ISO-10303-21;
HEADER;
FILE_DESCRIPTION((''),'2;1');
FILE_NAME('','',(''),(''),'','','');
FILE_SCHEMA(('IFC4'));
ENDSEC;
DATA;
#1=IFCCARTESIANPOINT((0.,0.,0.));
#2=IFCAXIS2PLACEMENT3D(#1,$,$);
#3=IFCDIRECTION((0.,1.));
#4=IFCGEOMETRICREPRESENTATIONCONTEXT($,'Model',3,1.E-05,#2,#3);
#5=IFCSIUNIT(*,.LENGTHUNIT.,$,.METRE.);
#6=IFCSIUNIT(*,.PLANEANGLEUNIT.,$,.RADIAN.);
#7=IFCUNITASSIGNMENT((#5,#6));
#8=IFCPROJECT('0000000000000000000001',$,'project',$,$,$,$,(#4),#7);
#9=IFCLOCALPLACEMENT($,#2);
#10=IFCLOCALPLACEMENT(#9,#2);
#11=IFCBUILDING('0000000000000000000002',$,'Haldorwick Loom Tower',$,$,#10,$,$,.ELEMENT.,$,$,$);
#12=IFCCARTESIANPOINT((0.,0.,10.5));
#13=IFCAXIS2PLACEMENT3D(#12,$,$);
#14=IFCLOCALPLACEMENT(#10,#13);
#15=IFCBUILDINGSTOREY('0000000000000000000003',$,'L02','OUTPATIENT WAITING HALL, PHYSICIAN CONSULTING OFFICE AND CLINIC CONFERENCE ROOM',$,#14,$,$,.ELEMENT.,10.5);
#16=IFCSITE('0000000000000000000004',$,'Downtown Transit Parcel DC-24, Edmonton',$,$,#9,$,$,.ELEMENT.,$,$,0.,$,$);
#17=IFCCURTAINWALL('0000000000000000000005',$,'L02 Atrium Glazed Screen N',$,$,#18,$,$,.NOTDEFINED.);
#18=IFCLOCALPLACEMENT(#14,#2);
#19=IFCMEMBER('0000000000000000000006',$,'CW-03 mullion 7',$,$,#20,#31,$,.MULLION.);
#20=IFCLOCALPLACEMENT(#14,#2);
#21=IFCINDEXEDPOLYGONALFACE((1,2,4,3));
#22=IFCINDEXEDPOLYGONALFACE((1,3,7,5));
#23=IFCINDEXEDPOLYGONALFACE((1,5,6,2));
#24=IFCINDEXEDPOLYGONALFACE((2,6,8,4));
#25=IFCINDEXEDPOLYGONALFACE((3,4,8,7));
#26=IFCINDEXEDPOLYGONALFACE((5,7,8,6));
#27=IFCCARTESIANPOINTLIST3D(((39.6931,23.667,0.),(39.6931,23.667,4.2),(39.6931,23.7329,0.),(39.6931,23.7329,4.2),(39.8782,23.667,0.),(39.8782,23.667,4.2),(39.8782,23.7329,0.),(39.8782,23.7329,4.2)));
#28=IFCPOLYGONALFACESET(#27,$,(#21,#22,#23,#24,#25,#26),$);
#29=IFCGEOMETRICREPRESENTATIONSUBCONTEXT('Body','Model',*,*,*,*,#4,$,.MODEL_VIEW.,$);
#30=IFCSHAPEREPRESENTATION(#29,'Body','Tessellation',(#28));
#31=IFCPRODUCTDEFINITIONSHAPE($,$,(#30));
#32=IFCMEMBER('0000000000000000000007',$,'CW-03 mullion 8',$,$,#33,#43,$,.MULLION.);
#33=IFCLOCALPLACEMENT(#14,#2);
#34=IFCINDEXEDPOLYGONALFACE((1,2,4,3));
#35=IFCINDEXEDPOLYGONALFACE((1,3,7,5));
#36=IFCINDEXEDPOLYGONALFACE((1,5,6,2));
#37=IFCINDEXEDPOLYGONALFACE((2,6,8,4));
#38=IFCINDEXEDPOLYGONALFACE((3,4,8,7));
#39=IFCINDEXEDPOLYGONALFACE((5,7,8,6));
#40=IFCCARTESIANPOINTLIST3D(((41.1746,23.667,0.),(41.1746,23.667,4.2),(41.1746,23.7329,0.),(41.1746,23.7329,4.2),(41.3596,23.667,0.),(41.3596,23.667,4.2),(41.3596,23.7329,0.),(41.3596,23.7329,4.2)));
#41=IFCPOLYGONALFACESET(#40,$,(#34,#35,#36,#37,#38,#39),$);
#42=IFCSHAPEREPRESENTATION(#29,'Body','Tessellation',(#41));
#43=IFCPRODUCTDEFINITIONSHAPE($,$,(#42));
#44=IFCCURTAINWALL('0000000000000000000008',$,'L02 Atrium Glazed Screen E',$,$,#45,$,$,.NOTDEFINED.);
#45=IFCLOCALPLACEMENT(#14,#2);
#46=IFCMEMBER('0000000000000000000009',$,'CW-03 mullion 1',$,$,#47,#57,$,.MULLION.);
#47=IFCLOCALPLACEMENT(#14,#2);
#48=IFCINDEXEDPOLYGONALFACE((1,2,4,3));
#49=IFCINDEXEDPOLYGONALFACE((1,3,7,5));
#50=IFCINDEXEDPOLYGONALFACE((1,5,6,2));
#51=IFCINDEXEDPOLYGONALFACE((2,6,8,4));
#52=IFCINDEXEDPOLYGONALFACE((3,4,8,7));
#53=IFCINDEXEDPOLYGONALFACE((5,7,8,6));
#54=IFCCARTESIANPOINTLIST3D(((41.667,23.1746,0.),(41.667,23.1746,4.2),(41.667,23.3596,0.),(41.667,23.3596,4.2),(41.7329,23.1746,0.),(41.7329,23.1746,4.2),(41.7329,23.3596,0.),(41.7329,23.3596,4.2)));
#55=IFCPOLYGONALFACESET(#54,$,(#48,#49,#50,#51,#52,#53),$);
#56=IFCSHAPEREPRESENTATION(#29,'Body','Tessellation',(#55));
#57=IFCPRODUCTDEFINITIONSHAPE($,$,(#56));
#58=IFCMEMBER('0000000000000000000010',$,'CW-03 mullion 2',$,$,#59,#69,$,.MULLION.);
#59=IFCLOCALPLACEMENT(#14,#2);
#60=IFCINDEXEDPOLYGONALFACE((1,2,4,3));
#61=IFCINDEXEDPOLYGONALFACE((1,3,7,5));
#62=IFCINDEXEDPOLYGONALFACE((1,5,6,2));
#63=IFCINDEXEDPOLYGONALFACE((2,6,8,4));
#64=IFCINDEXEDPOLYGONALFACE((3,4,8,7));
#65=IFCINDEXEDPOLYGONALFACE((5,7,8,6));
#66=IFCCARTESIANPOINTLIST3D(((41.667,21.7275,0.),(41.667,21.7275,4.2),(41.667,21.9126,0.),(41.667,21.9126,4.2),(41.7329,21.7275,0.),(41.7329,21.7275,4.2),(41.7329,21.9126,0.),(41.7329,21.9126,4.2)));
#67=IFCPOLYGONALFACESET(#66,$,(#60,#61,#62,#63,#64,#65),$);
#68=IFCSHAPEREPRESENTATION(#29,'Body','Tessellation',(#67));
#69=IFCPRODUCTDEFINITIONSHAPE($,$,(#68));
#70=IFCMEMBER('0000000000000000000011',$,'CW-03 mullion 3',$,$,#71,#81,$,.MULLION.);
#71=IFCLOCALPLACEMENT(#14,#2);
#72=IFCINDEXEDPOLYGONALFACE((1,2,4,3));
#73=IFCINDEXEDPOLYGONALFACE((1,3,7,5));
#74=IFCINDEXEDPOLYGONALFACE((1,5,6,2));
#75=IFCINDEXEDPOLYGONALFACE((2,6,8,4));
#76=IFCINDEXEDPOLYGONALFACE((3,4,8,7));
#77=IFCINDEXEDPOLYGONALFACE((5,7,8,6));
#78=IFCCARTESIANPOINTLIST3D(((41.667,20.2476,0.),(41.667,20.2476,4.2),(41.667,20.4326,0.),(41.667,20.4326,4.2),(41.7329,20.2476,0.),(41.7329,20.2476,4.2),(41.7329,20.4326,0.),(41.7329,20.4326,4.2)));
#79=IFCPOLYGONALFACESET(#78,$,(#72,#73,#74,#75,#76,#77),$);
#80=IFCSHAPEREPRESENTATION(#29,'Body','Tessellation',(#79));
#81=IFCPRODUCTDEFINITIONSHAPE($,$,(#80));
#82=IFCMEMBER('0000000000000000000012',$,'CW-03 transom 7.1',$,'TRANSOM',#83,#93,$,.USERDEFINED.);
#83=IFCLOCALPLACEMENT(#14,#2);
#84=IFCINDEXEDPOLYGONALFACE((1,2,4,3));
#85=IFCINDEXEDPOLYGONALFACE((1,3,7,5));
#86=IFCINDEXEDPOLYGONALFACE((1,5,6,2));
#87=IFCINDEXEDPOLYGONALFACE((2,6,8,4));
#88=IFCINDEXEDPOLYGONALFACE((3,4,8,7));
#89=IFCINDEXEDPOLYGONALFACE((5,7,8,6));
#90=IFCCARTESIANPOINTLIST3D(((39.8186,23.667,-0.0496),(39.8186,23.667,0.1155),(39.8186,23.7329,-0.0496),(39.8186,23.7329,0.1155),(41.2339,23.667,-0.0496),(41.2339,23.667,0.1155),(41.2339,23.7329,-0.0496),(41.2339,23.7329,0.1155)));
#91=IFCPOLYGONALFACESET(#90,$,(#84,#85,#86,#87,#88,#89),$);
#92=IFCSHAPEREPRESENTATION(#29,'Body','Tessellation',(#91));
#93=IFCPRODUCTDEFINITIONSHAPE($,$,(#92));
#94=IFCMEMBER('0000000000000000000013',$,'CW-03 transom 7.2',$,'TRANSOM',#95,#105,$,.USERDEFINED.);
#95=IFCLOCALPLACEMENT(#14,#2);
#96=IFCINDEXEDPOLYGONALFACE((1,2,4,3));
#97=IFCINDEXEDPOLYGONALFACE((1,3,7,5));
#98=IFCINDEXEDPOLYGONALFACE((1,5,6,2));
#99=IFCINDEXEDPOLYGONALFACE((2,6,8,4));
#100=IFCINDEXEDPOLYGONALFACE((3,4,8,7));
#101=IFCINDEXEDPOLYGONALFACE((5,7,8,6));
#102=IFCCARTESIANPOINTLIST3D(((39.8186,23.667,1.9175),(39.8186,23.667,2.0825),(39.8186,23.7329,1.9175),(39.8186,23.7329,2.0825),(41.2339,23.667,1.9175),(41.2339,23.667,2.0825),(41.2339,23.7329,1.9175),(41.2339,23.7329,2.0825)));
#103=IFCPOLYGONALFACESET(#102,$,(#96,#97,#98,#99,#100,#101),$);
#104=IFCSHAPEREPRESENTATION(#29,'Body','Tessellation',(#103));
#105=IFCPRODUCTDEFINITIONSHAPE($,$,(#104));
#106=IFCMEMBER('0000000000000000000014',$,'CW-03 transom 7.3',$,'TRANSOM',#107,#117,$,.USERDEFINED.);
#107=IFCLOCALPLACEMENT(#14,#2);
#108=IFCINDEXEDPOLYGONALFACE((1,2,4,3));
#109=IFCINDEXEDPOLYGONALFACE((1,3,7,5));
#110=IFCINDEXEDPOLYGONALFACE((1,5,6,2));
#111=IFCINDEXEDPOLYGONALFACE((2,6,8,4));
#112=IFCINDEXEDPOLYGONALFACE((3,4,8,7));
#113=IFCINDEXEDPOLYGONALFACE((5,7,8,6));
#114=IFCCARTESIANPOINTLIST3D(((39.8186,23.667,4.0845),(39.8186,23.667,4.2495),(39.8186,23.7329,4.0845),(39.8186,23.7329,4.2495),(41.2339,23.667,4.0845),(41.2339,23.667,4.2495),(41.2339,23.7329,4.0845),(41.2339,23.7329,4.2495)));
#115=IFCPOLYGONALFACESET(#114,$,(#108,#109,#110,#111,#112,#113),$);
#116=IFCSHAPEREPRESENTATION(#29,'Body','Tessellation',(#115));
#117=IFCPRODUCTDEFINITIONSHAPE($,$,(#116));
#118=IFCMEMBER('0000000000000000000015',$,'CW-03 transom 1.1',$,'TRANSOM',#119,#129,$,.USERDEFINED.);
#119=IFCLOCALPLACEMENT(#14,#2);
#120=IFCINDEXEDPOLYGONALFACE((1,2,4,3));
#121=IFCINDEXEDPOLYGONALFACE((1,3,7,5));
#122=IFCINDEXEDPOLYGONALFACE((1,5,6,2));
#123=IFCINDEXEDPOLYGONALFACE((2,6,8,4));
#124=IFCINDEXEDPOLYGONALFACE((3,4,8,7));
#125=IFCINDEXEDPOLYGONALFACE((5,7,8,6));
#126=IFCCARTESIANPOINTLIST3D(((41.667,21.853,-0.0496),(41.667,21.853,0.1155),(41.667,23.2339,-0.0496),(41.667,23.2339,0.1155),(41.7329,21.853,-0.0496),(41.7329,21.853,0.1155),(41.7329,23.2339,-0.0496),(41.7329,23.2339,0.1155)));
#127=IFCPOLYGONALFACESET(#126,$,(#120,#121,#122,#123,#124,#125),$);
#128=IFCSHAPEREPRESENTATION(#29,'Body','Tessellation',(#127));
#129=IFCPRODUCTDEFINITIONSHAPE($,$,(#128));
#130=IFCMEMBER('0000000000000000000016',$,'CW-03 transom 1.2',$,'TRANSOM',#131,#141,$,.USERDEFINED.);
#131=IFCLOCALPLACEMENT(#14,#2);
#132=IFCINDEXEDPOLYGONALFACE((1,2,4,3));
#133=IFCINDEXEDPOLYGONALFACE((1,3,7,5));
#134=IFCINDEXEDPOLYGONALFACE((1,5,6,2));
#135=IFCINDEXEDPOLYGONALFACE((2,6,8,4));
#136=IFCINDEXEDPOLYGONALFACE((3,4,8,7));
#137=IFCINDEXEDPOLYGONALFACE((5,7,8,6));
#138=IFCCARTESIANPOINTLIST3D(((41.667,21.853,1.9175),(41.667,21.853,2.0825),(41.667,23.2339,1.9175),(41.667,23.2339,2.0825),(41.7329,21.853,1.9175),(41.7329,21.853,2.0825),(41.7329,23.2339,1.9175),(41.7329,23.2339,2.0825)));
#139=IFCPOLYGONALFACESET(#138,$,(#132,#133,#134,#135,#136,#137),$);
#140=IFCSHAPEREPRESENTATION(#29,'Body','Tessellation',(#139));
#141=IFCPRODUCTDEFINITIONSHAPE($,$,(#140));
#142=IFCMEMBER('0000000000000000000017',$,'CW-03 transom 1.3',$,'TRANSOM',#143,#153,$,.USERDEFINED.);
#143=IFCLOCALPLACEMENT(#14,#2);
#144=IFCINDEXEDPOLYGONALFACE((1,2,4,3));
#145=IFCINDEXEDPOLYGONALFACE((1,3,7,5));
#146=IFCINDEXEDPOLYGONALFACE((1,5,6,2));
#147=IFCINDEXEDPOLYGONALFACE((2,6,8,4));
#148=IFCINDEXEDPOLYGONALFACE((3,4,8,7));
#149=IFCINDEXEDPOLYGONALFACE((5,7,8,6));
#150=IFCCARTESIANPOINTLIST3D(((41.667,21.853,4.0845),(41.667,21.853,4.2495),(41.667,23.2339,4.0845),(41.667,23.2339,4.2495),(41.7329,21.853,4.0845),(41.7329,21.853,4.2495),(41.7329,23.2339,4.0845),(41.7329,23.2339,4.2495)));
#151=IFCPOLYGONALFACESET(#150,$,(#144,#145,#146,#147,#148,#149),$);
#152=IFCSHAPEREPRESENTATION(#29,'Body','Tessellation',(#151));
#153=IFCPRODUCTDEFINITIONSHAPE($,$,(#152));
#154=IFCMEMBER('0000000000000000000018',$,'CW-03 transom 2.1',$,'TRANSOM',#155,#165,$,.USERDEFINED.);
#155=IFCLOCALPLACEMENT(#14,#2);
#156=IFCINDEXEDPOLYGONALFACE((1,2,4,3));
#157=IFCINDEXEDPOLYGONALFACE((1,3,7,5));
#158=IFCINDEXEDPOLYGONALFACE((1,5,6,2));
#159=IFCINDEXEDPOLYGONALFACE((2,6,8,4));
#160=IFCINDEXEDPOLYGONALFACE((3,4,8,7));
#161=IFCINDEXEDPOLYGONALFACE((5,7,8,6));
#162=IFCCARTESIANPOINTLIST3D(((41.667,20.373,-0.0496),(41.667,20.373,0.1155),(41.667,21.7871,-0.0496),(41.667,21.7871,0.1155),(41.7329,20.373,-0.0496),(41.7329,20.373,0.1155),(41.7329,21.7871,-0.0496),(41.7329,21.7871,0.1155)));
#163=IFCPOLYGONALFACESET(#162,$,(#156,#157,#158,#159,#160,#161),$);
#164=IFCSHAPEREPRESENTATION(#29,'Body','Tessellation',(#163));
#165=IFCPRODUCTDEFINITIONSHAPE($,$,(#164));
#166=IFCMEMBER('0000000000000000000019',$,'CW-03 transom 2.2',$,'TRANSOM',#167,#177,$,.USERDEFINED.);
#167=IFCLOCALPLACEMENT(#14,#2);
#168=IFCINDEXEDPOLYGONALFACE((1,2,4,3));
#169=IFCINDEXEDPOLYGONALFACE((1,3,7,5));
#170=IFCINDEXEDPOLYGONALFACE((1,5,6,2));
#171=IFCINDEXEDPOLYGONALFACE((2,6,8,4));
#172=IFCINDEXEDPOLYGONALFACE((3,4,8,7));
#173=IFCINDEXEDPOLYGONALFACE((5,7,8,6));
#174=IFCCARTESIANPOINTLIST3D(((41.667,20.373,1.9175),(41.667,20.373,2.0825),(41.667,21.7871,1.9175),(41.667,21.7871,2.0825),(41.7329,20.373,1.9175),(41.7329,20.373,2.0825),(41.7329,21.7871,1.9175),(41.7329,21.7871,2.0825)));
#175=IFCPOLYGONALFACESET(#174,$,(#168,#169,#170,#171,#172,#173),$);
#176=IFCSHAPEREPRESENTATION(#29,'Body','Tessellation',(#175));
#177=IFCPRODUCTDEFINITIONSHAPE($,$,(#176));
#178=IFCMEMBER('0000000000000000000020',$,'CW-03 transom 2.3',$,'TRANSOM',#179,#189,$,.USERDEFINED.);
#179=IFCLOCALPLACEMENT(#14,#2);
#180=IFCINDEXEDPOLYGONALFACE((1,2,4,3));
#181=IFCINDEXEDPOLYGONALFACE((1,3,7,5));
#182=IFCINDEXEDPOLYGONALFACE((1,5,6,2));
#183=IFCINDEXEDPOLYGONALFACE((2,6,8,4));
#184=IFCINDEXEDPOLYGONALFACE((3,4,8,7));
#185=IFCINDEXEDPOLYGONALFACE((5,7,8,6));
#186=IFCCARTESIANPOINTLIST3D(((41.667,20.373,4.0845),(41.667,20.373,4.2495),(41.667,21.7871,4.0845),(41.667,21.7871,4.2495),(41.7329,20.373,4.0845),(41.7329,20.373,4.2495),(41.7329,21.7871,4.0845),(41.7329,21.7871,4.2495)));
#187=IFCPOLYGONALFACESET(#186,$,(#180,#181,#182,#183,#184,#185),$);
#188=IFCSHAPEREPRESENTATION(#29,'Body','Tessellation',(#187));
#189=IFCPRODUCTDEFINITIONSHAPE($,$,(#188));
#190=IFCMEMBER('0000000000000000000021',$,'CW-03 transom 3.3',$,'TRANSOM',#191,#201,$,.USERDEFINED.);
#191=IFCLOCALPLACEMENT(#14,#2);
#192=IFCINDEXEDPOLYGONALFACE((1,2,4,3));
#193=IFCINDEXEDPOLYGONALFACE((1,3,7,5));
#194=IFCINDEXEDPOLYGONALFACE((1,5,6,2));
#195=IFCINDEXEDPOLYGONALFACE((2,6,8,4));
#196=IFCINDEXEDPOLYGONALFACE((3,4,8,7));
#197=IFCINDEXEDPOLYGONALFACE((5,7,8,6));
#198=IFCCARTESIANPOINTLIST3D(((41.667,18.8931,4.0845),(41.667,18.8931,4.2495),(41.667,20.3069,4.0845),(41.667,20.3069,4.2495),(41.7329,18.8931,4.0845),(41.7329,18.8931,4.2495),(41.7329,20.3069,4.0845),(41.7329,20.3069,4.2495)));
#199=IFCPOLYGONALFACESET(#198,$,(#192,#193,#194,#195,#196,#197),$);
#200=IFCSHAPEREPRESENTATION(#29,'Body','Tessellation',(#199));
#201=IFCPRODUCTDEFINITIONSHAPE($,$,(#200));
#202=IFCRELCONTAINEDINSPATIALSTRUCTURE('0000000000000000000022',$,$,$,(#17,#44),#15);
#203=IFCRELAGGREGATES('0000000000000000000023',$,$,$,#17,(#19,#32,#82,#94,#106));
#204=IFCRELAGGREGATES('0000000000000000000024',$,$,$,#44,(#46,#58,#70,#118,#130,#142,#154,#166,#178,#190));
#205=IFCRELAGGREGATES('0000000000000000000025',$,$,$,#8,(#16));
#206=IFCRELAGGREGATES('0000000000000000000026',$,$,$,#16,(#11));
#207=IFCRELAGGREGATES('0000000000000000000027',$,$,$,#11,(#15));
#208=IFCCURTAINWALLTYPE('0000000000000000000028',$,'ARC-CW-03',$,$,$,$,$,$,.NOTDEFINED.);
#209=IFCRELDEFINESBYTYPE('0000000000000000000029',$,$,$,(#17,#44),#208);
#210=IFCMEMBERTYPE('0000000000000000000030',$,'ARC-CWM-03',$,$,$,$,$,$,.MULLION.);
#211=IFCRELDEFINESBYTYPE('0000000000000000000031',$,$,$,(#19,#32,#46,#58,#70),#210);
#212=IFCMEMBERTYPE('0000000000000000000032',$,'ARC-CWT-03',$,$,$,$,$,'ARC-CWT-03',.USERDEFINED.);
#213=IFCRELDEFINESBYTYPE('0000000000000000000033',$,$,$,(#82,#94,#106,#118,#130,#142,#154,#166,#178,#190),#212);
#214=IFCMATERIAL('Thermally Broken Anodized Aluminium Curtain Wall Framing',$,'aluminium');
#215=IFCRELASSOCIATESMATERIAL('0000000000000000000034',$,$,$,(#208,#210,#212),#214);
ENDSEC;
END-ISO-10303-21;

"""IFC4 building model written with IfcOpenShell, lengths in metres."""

from ifc_helpers import new_model, si_unit, direction, frame, origin, origin_2d, place, context, subcontext, project, spatial, rectangle, extrude, material, material_profile, profile_set, type_object, element, aggregate, save


model = new_model("IFC4")

# Units and contexts
model_context = context("Model", 3, precision=1e-05, world=origin(), true_north=direction((0.0, 1.0)))
body_context = subcontext(model_context, "Body", "Model", "MODEL_VIEW")
ifc_project = project(units=[si_unit("LENGTHUNIT", "METRE"), si_unit("PLANEANGLEUNIT", "RADIAN")], contexts=[model_context])

# Site, building, storey
site_placement = place(None, origin())
site = spatial("IfcSite", under=ifc_project, at=site_placement, Name="Downtown Transit Parcel DC-24, Edmonton", CompositionType="ELEMENT", RefElevation=0.0)
building_placement = place(site_placement, origin())
building = spatial("IfcBuilding", under=site, at=building_placement, Name="Haldorwick Loom Tower", CompositionType="ELEMENT")
storey_placement = place(building_placement, frame((0.0, 0.0, 10.5)))
storey = spatial("IfcBuildingStorey", under=building, at=storey_placement, Name="L02", Description="OUTPATIENT WAITING HALL, PHYSICIAN CONSULTING OFFICE AND CLINIC CONFERENCE ROOM", CompositionType="ELEMENT", Elevation=10.5)

# Curtain walls, members
ifc_material_1 = material(Name="Thermally Broken Anodized Aluminium Curtain Wall Framing", Category="aluminium")
curtain_wall_type = type_object("IfcCurtainWallType", Name="ARC-CW-03", PredefinedType="NOTDEFINED", material=ifc_material_1)
curtain_wall_1_placement = place(storey_placement, origin())
curtain_wall_1 = element("IfcCurtainWall", 1, at=curtain_wall_1_placement, inside=storey, type_object=curtain_wall_type, Name="L02 Atrium Glazed Screen N", PredefinedType="NOTDEFINED")
ifc_material_profile_1 = material_profile(ifc_material_1, rectangle(XDim=0.0659, YDim=0.1851, at=origin_2d()), Name="ALU_MUL_66X185", Category="aluminium")
ifc_profile_set_1 = profile_set([ifc_material_profile_1], Name="Thermally Broken Anodized Aluminium Curtain Wall Framing")
member_type_1 = type_object("IfcMemberType", Name="ARC-CWM-03", PredefinedType="MULLION", material=ifc_profile_set_1)
member_1_placement = place(storey_placement, frame((39.7856, 23.7, 0.0), z_axis=(0.0, 0.0, 1.0), x_axis=(0.0, 1.0, 0.0)))
member_1 = element("IfcMember", 2, at=member_1_placement, type_object=member_type_1, Name="CW-03 mullion 7", PredefinedType="MULLION", context=body_context, shape_type="SweptSolid", body=[
    extrude(rectangle(XDim=0.0659, YDim=0.1851, at=origin_2d()), origin(), (0.0, 0.0, 1.0), 4.2),
])
member_2_placement = place(storey_placement, frame((41.2671, 23.7, 0.0), z_axis=(0.0, 0.0, 1.0), x_axis=(0.0, 1.0, 0.0)))
member_2 = element("IfcMember", 3, at=member_2_placement, type_object=member_type_1, Name="CW-03 mullion 8", PredefinedType="MULLION", context=body_context, shape_type="SweptSolid", body=[
    extrude(rectangle(XDim=0.0659, YDim=0.1851, at=origin_2d()), origin(), (0.0, 0.0, 1.0), 4.2),
])
curtain_wall_2_placement = place(storey_placement, origin())
curtain_wall_2 = element("IfcCurtainWall", 4, at=curtain_wall_2_placement, inside=storey, type_object=curtain_wall_type, Name="L02 Atrium Glazed Screen E", PredefinedType="NOTDEFINED")
member_3_placement = place(storey_placement, frame((41.7, 23.2671, 0.0), z_axis=(0.0, 0.0, 1.0), x_axis=(1.0, 0.0, 0.0)))
member_3 = element("IfcMember", 5, at=member_3_placement, type_object=member_type_1, Name="CW-03 mullion 1", PredefinedType="MULLION", context=body_context, shape_type="SweptSolid", body=[
    extrude(rectangle(XDim=0.0659, YDim=0.1851, at=origin_2d()), origin(), (0.0, 0.0, 1.0), 4.2),
])
member_4_placement = place(storey_placement, frame((41.7, 21.8201, 0.0), z_axis=(0.0, 0.0, 1.0), x_axis=(1.0, 0.0, 0.0)))
member_4 = element("IfcMember", 6, at=member_4_placement, type_object=member_type_1, Name="CW-03 mullion 2", PredefinedType="MULLION", context=body_context, shape_type="SweptSolid", body=[
    extrude(rectangle(XDim=0.0659, YDim=0.1851, at=origin_2d()), origin(), (0.0, 0.0, 1.0), 4.2),
])
member_5_placement = place(storey_placement, frame((41.7, 20.3401, 0.0), z_axis=(0.0, 0.0, 1.0), x_axis=(1.0, 0.0, 0.0)))
member_5 = element("IfcMember", 7, at=member_5_placement, type_object=member_type_1, Name="CW-03 mullion 3", PredefinedType="MULLION", context=body_context, shape_type="SweptSolid", body=[
    extrude(rectangle(XDim=0.0659, YDim=0.1851, at=origin_2d()), origin(), (0.0, 0.0, 1.0), 4.2),
])

# Members
ifc_material_profile_2 = material_profile(ifc_material_1, rectangle(XDim=0.0659, YDim=0.165, at=origin_2d()), Name="ALU_TRN_66X165", Category="aluminium")
ifc_profile_set_2 = profile_set([ifc_material_profile_2], Name="Thermally Broken Anodized Aluminium Curtain Wall Framing")
member_type_2 = type_object("IfcMemberType", Name="ARC-CWT-03", ElementType="ARC-CWT-03", PredefinedType="USERDEFINED", material=ifc_profile_set_2)
member_6_placement = place(storey_placement, frame((39.8186, 23.7, 0.033), z_axis=(1.0, 0.0, 0.0), x_axis=(0.0, 1.0, 0.0)))
member_6 = element("IfcMember", 8, at=member_6_placement, type_object=member_type_2, Name="CW-03 transom 7.1", ObjectType="TRANSOM", PredefinedType="USERDEFINED", context=body_context, shape_type="SweptSolid", body=[
    extrude(rectangle(XDim=0.0659, YDim=0.165, at=origin_2d()), origin(), (0.0, 0.0, 1.0), 1.4153),
])
member_7_placement = place(storey_placement, frame((39.8186, 23.7, 2.0), z_axis=(1.0, 0.0, 0.0), x_axis=(0.0, 1.0, 0.0)))
member_7 = element("IfcMember", 9, at=member_7_placement, type_object=member_type_2, Name="CW-03 transom 7.2", ObjectType="TRANSOM", PredefinedType="USERDEFINED", context=body_context, shape_type="SweptSolid", body=[
    extrude(rectangle(XDim=0.0659, YDim=0.165, at=origin_2d()), origin(), (0.0, 0.0, 1.0), 1.4153),
])
member_8_placement = place(storey_placement, frame((39.8186, 23.7, 4.167), z_axis=(1.0, 0.0, 0.0), x_axis=(0.0, 1.0, 0.0)))
member_8 = element("IfcMember", 10, at=member_8_placement, type_object=member_type_2, Name="CW-03 transom 7.3", ObjectType="TRANSOM", PredefinedType="USERDEFINED", context=body_context, shape_type="SweptSolid", body=[
    extrude(rectangle(XDim=0.0659, YDim=0.165, at=origin_2d()), origin(), (0.0, 0.0, 1.0), 1.4153),
])
member_9_placement = place(storey_placement, frame((41.7, 23.2339, 0.033), z_axis=(0.0, -1.0, 0.0), x_axis=(1.0, 0.0, 0.0)))
member_9 = element("IfcMember", 11, at=member_9_placement, type_object=member_type_2, Name="CW-03 transom 1.1", ObjectType="TRANSOM", PredefinedType="USERDEFINED", context=body_context, shape_type="SweptSolid", body=[
    extrude(rectangle(XDim=0.0659, YDim=0.165, at=origin_2d()), origin(), (0.0, 0.0, 1.0), 1.3809),
])
member_10_placement = place(storey_placement, frame((41.7, 23.2339, 2.0), z_axis=(0.0, -1.0, 0.0), x_axis=(1.0, 0.0, 0.0)))
member_10 = element("IfcMember", 12, at=member_10_placement, type_object=member_type_2, Name="CW-03 transom 1.2", ObjectType="TRANSOM", PredefinedType="USERDEFINED", context=body_context, shape_type="SweptSolid", body=[
    extrude(rectangle(XDim=0.0659, YDim=0.165, at=origin_2d()), origin(), (0.0, 0.0, 1.0), 1.3809),
])
member_11_placement = place(storey_placement, frame((41.7, 23.2339, 4.167), z_axis=(0.0, -1.0, 0.0), x_axis=(1.0, 0.0, 0.0)))
member_11 = element("IfcMember", 13, at=member_11_placement, type_object=member_type_2, Name="CW-03 transom 1.3", ObjectType="TRANSOM", PredefinedType="USERDEFINED", context=body_context, shape_type="SweptSolid", body=[
    extrude(rectangle(XDim=0.0659, YDim=0.165, at=origin_2d()), origin(), (0.0, 0.0, 1.0), 1.3809),
])
member_12_placement = place(storey_placement, frame((41.7, 21.7871, 0.033), z_axis=(0.0, -1.0, 0.0), x_axis=(1.0, 0.0, 0.0)))
member_12 = element("IfcMember", 14, at=member_12_placement, type_object=member_type_2, Name="CW-03 transom 2.1", ObjectType="TRANSOM", PredefinedType="USERDEFINED", context=body_context, shape_type="SweptSolid", body=[
    extrude(rectangle(XDim=0.0659, YDim=0.165, at=origin_2d()), origin(), (0.0, 0.0, 1.0), 1.4141),
])
member_13_placement = place(storey_placement, frame((41.7, 21.7871, 2.0), z_axis=(0.0, -1.0, 0.0), x_axis=(1.0, 0.0, 0.0)))
member_13 = element("IfcMember", 15, at=member_13_placement, type_object=member_type_2, Name="CW-03 transom 2.2", ObjectType="TRANSOM", PredefinedType="USERDEFINED", context=body_context, shape_type="SweptSolid", body=[
    extrude(rectangle(XDim=0.0659, YDim=0.165, at=origin_2d()), origin(), (0.0, 0.0, 1.0), 1.4141),
])
member_14_placement = place(storey_placement, frame((41.7, 21.7871, 4.167), z_axis=(0.0, -1.0, 0.0), x_axis=(1.0, 0.0, 0.0)))
member_14 = element("IfcMember", 16, at=member_14_placement, type_object=member_type_2, Name="CW-03 transom 2.3", ObjectType="TRANSOM", PredefinedType="USERDEFINED", context=body_context, shape_type="SweptSolid", body=[
    extrude(rectangle(XDim=0.0659, YDim=0.165, at=origin_2d()), origin(), (0.0, 0.0, 1.0), 1.4141),
])
member_15_placement = place(storey_placement, frame((41.7, 20.3069, 4.167), z_axis=(0.0, -1.0, 0.0), x_axis=(1.0, 0.0, 0.0)))
member_15 = element("IfcMember", 17, at=member_15_placement, type_object=member_type_2, Name="CW-03 transom 3.3", ObjectType="TRANSOM", PredefinedType="USERDEFINED", context=body_context, shape_type="SweptSolid", body=[
    extrude(rectangle(XDim=0.0659, YDim=0.165, at=origin_2d()), origin(), (0.0, 0.0, 1.0), 1.4138),
])

aggregate(curtain_wall_1, [member_1, member_2, member_6, member_7, member_8])
aggregate(curtain_wall_2, [member_3, member_4, member_5, member_9, member_10, member_11, member_12, member_13, member_14, member_15])

save(model, "model.ifc")
